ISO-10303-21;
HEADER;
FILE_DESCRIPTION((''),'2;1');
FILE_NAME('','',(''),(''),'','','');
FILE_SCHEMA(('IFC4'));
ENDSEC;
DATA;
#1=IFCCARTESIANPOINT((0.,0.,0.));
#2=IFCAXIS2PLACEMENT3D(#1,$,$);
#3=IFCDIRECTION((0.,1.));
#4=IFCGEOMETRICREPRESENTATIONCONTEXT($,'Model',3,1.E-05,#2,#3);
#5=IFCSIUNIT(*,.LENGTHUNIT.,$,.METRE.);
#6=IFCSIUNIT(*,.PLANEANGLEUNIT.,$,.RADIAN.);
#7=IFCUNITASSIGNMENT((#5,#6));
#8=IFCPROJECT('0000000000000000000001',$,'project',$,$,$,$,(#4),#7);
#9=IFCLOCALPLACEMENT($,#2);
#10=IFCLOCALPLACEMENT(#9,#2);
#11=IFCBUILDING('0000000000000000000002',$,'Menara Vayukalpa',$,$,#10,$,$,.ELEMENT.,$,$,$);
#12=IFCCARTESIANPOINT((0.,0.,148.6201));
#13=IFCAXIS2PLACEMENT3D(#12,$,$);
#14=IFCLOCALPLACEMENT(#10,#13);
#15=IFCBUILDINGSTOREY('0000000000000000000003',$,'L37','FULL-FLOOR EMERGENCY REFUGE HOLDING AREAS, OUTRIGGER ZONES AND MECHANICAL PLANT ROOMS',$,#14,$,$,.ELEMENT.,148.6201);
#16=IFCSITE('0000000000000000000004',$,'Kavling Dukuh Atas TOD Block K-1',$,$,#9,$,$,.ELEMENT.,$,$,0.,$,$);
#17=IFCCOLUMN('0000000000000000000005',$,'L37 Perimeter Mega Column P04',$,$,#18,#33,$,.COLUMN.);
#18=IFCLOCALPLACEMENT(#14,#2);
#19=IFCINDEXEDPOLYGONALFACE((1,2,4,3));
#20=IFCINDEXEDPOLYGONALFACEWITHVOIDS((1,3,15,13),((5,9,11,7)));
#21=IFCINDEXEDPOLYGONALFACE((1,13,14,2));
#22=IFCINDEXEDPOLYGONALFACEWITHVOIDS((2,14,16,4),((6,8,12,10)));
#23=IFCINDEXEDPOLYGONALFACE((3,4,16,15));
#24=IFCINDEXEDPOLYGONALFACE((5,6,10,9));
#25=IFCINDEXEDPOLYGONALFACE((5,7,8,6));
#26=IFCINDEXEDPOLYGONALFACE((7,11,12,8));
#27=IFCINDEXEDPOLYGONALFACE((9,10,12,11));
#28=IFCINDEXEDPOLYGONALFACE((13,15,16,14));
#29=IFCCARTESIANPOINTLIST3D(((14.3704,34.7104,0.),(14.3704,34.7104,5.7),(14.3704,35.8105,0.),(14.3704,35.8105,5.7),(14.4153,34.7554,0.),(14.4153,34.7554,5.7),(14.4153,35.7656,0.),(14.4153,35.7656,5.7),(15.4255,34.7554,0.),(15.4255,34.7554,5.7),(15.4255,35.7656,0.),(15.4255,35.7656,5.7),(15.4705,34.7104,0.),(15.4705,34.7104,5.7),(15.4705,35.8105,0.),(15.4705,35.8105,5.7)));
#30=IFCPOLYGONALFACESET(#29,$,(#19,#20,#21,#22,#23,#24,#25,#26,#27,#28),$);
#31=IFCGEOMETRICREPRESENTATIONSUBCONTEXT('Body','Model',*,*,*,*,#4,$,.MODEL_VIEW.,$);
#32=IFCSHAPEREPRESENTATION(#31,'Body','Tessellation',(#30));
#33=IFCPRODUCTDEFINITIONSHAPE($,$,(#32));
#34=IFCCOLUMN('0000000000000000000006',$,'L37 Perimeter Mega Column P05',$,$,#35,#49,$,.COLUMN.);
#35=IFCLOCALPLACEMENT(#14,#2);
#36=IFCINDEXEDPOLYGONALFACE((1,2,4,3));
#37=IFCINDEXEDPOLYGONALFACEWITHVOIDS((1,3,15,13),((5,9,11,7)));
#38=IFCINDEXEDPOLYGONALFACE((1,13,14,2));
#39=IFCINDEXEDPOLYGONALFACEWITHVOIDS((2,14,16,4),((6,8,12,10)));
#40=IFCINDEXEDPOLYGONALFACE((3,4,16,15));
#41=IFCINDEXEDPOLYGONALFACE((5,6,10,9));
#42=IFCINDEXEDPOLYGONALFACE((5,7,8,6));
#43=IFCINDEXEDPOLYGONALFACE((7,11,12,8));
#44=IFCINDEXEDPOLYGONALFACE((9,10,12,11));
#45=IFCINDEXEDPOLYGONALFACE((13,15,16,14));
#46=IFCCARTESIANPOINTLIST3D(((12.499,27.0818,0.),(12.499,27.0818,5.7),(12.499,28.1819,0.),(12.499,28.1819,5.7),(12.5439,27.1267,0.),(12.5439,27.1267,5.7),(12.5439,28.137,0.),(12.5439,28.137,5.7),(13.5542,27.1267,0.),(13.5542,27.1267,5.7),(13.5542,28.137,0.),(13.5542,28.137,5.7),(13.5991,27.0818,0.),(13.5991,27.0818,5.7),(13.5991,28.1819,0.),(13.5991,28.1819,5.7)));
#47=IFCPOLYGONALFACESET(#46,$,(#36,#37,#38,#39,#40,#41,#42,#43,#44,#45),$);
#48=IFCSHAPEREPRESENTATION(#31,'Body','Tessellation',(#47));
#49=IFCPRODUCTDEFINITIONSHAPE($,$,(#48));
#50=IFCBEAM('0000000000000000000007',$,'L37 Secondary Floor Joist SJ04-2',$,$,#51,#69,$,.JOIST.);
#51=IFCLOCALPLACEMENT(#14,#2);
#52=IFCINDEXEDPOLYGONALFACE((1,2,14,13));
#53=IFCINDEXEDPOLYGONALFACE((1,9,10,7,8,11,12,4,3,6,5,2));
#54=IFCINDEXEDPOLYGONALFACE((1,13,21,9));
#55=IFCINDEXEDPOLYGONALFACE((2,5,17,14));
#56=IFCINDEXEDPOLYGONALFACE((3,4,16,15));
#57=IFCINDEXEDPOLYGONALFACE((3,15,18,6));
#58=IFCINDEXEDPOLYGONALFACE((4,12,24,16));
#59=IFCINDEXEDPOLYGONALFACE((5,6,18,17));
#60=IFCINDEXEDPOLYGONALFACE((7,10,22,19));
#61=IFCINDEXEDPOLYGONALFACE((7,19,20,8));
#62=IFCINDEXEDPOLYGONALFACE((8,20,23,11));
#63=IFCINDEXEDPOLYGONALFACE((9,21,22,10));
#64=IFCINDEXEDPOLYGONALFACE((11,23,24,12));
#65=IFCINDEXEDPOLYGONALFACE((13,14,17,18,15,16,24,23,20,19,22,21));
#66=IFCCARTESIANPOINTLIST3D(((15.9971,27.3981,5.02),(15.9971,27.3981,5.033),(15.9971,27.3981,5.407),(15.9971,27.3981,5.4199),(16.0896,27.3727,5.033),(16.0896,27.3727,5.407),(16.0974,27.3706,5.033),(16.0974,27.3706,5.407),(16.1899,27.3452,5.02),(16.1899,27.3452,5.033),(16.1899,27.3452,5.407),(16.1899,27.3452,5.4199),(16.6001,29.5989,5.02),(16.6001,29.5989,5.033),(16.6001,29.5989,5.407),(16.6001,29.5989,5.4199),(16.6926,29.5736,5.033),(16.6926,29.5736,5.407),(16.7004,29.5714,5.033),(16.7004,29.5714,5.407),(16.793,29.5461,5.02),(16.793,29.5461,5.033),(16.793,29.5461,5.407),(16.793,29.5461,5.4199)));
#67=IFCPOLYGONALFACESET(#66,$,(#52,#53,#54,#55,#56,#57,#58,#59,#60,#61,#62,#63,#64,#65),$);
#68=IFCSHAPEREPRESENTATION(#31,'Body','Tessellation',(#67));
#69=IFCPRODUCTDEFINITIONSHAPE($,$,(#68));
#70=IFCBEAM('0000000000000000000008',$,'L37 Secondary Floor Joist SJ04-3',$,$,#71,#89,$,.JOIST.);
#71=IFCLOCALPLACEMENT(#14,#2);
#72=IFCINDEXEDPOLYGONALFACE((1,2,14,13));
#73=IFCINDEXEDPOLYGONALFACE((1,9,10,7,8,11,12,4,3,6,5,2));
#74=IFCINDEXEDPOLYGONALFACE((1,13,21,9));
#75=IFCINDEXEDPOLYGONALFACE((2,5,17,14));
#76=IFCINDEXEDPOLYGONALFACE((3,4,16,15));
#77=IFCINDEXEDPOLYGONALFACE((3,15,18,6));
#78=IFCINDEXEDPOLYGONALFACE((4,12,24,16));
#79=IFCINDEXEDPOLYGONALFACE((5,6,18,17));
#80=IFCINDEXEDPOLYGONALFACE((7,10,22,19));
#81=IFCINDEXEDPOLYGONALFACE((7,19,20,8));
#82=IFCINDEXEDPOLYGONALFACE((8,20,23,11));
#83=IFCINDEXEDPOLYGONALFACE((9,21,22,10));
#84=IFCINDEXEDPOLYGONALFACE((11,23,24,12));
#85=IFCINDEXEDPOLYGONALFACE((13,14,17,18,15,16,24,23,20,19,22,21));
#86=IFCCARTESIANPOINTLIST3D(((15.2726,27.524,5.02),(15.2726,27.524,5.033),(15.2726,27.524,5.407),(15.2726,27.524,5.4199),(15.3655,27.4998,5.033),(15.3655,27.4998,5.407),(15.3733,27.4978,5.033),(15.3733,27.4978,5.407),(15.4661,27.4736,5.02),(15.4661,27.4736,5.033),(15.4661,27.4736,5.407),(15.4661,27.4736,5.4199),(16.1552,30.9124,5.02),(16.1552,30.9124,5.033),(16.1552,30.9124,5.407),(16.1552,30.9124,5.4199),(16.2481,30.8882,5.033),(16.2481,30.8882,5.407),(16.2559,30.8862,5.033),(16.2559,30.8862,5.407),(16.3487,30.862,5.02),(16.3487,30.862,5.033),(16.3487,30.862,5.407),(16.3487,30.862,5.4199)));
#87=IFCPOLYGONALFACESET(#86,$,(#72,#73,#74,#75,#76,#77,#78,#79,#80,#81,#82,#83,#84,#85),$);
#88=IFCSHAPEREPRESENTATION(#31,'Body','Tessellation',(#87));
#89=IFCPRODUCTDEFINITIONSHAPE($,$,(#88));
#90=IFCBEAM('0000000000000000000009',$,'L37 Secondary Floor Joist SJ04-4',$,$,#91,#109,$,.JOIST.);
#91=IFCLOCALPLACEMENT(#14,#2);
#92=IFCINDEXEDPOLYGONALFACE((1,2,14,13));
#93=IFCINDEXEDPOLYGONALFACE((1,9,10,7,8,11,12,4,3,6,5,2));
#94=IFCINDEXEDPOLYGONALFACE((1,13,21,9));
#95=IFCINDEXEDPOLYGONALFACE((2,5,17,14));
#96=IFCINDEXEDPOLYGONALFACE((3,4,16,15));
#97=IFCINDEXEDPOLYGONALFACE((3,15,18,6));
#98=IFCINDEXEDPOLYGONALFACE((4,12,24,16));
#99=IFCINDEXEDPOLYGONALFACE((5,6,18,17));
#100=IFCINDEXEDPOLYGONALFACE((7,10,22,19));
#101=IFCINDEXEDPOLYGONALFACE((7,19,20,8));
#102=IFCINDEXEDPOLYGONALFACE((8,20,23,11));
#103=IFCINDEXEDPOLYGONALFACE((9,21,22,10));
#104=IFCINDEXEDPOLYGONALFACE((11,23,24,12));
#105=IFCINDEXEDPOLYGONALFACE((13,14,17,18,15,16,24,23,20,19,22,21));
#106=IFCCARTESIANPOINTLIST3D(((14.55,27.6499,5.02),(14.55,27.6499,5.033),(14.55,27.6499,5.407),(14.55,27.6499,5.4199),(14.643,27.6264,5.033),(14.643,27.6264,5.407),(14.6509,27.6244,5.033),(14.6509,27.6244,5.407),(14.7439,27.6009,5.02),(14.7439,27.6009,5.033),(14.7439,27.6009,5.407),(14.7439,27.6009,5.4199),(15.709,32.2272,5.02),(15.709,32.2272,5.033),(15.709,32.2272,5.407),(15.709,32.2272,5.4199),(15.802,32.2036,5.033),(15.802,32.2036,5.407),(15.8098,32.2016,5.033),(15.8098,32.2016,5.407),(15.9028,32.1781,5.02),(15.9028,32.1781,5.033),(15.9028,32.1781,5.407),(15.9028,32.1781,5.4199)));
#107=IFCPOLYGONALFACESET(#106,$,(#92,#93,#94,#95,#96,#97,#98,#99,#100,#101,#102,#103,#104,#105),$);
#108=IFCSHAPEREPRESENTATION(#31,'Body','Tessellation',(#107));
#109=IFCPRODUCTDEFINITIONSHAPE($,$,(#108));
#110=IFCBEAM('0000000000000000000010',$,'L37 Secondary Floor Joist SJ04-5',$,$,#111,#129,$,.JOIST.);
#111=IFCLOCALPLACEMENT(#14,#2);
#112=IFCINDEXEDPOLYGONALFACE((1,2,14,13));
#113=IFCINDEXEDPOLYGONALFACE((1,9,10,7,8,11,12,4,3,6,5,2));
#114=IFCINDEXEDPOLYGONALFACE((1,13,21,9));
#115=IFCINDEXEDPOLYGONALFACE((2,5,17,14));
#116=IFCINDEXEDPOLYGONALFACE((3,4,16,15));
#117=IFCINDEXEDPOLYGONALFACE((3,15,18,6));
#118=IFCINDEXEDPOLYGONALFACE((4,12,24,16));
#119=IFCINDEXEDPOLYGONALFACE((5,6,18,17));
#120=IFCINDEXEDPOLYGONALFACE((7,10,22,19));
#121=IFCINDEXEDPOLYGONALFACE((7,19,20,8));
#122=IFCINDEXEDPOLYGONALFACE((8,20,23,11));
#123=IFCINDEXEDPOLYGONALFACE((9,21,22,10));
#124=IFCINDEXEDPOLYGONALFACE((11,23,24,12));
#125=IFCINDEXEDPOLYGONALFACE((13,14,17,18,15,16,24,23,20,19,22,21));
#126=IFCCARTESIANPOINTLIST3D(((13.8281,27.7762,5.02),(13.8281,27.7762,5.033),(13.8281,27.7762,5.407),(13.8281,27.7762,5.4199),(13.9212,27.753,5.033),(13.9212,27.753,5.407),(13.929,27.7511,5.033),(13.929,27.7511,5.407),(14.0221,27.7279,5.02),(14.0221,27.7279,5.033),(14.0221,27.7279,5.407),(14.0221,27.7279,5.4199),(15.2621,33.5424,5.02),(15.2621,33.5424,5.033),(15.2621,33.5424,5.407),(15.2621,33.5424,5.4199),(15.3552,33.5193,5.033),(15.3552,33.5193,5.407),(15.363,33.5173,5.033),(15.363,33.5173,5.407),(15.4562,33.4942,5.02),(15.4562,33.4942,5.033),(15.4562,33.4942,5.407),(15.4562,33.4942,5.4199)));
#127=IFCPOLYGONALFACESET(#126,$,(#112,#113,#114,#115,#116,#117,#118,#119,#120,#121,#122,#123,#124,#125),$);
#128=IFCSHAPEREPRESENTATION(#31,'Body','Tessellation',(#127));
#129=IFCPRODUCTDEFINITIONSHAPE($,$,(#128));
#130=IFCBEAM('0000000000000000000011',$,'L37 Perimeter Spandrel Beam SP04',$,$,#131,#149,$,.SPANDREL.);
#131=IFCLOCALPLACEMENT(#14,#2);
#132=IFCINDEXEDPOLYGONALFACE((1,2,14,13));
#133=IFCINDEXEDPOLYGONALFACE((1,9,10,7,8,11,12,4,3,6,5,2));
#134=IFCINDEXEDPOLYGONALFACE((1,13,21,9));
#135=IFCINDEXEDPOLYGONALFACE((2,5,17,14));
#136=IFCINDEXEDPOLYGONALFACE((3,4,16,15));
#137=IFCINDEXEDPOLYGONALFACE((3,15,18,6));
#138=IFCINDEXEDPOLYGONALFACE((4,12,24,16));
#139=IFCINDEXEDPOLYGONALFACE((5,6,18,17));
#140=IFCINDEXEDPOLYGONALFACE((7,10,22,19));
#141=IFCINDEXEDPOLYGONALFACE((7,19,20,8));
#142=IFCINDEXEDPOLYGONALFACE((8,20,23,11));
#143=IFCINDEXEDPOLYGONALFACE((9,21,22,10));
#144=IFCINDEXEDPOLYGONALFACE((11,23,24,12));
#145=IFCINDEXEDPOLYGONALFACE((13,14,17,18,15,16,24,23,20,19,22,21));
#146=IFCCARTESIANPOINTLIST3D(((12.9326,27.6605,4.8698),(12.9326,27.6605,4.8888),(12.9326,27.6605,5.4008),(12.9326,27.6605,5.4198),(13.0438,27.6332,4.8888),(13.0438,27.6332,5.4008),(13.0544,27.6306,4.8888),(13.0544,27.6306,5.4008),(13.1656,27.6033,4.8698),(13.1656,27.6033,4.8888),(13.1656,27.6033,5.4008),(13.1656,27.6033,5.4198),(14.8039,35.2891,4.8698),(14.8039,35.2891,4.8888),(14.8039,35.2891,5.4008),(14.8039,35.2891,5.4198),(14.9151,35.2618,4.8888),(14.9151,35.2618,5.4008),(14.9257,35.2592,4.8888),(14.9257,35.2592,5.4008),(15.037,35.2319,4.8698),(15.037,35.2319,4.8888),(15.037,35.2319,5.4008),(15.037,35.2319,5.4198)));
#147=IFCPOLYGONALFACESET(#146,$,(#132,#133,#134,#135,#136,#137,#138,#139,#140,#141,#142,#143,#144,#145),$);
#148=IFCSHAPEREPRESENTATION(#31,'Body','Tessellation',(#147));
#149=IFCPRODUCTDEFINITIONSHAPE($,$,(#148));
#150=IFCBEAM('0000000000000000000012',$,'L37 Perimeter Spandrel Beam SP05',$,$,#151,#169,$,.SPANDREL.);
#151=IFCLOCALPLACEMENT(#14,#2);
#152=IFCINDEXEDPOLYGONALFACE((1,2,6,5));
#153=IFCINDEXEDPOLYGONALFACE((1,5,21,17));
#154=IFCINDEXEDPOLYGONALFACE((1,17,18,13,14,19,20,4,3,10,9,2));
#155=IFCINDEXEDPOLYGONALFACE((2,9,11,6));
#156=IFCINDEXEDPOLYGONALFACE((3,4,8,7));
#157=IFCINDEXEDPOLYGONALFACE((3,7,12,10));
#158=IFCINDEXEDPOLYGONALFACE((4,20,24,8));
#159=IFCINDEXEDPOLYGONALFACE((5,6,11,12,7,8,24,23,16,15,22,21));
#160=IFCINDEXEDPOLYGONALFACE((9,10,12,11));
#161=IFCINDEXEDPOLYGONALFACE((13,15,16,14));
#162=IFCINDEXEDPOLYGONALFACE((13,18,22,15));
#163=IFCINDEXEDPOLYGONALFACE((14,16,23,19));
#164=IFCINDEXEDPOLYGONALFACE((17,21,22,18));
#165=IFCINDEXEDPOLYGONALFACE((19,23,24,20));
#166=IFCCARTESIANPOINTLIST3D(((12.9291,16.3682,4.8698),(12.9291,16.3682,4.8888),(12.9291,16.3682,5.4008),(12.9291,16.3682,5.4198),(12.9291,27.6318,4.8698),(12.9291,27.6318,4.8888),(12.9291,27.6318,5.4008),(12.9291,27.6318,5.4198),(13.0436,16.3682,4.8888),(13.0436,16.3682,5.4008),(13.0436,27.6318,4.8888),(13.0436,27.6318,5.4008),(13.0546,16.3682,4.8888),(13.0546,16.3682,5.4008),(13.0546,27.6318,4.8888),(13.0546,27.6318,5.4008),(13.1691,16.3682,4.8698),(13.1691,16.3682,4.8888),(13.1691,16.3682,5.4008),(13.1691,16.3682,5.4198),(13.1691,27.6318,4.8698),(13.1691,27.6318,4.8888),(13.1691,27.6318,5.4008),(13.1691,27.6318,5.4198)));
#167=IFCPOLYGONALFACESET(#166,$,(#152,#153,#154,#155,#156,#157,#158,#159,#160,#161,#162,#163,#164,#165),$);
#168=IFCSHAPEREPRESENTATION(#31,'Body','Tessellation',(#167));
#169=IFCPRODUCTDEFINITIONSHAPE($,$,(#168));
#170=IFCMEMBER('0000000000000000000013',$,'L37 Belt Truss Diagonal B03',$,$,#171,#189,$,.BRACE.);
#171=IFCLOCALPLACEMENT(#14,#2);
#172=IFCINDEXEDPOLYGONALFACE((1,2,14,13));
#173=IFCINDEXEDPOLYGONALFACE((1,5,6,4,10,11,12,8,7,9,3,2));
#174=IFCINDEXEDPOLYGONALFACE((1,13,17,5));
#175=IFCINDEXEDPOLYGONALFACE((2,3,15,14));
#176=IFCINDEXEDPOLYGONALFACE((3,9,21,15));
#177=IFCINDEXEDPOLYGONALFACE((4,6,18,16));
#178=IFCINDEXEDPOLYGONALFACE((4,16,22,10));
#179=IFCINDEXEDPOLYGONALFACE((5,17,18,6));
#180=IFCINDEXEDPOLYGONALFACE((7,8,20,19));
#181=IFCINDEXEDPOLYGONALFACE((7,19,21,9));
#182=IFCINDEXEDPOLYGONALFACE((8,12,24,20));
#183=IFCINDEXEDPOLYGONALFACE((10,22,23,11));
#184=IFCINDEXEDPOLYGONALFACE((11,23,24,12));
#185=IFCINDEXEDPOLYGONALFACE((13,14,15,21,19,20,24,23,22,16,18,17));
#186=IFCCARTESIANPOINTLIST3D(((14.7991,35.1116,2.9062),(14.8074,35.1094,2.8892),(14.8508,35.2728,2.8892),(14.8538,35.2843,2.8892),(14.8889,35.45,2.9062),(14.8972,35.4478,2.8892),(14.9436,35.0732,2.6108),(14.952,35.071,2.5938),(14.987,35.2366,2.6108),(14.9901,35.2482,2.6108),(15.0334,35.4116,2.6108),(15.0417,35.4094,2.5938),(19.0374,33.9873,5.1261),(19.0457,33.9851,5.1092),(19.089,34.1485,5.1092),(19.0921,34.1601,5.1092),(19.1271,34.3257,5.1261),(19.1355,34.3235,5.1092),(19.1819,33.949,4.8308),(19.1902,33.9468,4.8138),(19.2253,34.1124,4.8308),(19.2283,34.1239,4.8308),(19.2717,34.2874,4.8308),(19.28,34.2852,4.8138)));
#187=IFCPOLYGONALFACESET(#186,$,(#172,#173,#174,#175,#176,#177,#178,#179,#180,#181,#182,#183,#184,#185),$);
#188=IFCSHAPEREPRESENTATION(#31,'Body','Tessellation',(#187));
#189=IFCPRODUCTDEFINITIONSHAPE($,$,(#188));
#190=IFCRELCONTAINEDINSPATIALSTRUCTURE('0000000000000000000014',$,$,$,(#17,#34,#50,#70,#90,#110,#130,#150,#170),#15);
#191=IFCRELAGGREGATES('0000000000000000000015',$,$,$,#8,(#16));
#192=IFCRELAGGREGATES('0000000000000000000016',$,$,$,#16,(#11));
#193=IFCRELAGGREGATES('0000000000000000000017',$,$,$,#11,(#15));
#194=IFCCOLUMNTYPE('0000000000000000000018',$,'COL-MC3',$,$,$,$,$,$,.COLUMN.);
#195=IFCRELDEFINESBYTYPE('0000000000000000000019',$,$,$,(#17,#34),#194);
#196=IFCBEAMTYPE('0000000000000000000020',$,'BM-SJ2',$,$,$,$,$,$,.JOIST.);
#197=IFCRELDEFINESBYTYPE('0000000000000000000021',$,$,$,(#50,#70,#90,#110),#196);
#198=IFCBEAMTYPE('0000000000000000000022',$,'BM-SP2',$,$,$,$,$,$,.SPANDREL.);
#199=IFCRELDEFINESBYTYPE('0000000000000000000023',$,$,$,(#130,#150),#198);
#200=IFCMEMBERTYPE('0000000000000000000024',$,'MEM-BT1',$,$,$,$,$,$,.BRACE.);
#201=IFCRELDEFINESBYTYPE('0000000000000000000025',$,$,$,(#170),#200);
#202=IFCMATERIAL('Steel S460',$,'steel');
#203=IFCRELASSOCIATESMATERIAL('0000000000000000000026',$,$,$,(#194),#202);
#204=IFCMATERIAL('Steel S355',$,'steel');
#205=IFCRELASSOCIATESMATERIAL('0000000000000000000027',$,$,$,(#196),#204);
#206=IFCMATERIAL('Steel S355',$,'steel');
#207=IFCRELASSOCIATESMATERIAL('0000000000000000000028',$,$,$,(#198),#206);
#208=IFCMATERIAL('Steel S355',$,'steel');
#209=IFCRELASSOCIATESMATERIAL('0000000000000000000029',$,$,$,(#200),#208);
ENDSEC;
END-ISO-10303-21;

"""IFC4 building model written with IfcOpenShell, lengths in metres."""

from ifc_helpers import new_model, si_unit, direction, frame, origin, origin_2d, place, context, subcontext, project, spatial, hollow_rectangle, i_section, extrude, material, material_profile, profile_set, type_object, element, save


model = new_model("IFC4")

# Units and contexts
model_context = context("Model", 3, precision=1e-05, world=origin(), true_north=direction((0.0, 1.0)))
body_context = subcontext(model_context, "Body", "Model", "MODEL_VIEW")
ifc_project = project(units=[si_unit("LENGTHUNIT", "METRE"), si_unit("PLANEANGLEUNIT", "RADIAN")], contexts=[model_context])

# Site, building, storey
site_placement = place(None, origin())
site = spatial("IfcSite", under=ifc_project, at=site_placement, Name="Kavling Dukuh Atas TOD Block K-1", CompositionType="ELEMENT", RefElevation=0.0)
building_placement = place(site_placement, origin())
building = spatial("IfcBuilding", under=site, at=building_placement, Name="Menara Vayukalpa", CompositionType="ELEMENT")
storey_placement = place(building_placement, frame((0.0, 0.0, 148.6201)))
storey = spatial("IfcBuildingStorey", under=building, at=storey_placement, Name="L37", Description="FULL-FLOOR EMERGENCY REFUGE HOLDING AREAS, OUTRIGGER ZONES AND MECHANICAL PLANT ROOMS", CompositionType="ELEMENT", Elevation=148.6201)

# Columns
ifc_material_1 = material(Name="Steel S460", Category="steel")
ifc_material_profile_1 = material_profile(ifc_material_1, hollow_rectangle(XDim=1.1001, YDim=1.1001, WallThickness=0.0449, at=origin_2d()), Name="BOX 1100x1100x45")
ifc_profile_set_1 = profile_set([ifc_material_profile_1], Name="Steel S460")
column_type = type_object("IfcColumnType", Name="COL-MC3", PredefinedType="COLUMN", material=ifc_profile_set_1)
for number, where, z_axis, x_axis, name in (
    (1, (14.9204, 35.2605, 0.0), (0.0, 0.0, 1.0), (1.0, 0.0, 0.0), "L37 Perimeter Mega Column P04"),
    (2, (13.0491, 27.6318, 0.0), (0.0, 0.0, 1.0), (1.0, 0.0, 0.0), "L37 Perimeter Mega Column P05"),
):
    element("IfcColumn", number, at=place(storey_placement, frame(where, z_axis=z_axis, x_axis=x_axis)), inside=storey, type_object=column_type, Name=name, PredefinedType="COLUMN", context=body_context, shape_type="SweptSolid", body=[
        extrude(hollow_rectangle(XDim=1.1001, YDim=1.1001, WallThickness=0.0449, at=origin_2d()), origin(), (0.0, 0.0, 1.0), 5.7),
    ])

# Beams
ifc_material_2 = material(Name="Steel S355", Category="steel")
ifc_material_profile_2 = material_profile(ifc_material_2, i_section(OverallWidth=0.2, OverallDepth=0.3999, WebThickness=0.0081, FlangeThickness=0.0129, at=origin_2d()), Name="WF 400x200x8x13")
ifc_profile_set_2 = profile_set([ifc_material_profile_2], Name="Steel S355")
beam_type_1 = type_object("IfcBeamType", Name="BM-SJ2", PredefinedType="JOIST", material=ifc_profile_set_2)
beam_1_placement = place(storey_placement, frame((16.6965, 29.5725, 5.22), z_axis=(-0.264249, -0.964455, 0.0), x_axis=(0.964455, -0.264249, 0.0)))
element("IfcBeam", 3, at=beam_1_placement, inside=storey, type_object=beam_type_1, Name="L37 Secondary Floor Joist SJ04-2", PredefinedType="JOIST", context=body_context, shape_type="SweptSolid", body=[
    extrude(i_section(OverallWidth=0.2, OverallDepth=0.3999, WebThickness=0.0081, FlangeThickness=0.0129, at=origin_2d()), origin(), (0.0, 0.0, 1.0), 2.282),
])
beam_2_placement = place(storey_placement, frame((16.252, 30.8872, 5.22), z_axis=(-0.252056, -0.967713, 0.0), x_axis=(0.967713, -0.252056, 0.0)))
element("IfcBeam", 4, at=beam_2_placement, inside=storey, type_object=beam_type_1, Name="L37 Secondary Floor Joist SJ04-3", PredefinedType="JOIST", context=body_context, shape_type="SweptSolid", body=[
    extrude(i_section(OverallWidth=0.2, OverallDepth=0.3999, WebThickness=0.0081, FlangeThickness=0.0129, at=origin_2d()), origin(), (0.0, 0.0, 1.0), 3.5015),
])
beam_3_placement = place(storey_placement, frame((15.8059, 32.2026, 5.22), z_axis=(-0.245454, -0.969408, 0.0), x_axis=(0.969408, -0.245454, 0.0)))
element("IfcBeam", 5, at=beam_3_placement, inside=storey, type_object=beam_type_1, Name="L37 Secondary Floor Joist SJ04-4", PredefinedType="JOIST", context=body_context, shape_type="SweptSolid", body=[
    extrude(i_section(OverallWidth=0.2, OverallDepth=0.3999, WebThickness=0.0081, FlangeThickness=0.0129, at=origin_2d()), origin(), (0.0, 0.0, 1.0), 4.7217),
])
beam_4_placement = place(storey_placement, frame((15.3591, 33.5183, 5.22), z_axis=(-0.241346, -0.970439, 0.0), x_axis=(0.970439, -0.241346, 0.0)))
element("IfcBeam", 6, at=beam_4_placement, inside=storey, type_object=beam_type_1, Name="L37 Secondary Floor Joist SJ04-5", PredefinedType="JOIST", context=body_context, shape_type="SweptSolid", body=[
    extrude(i_section(OverallWidth=0.2, OverallDepth=0.3999, WebThickness=0.0081, FlangeThickness=0.0129, at=origin_2d()), origin(), (0.0, 0.0, 1.0), 5.9419),
])
ifc_material_3 = material(Name="Steel S355", Category="steel")
ifc_material_profile_3 = material_profile(ifc_material_3, i_section(OverallWidth=0.24, OverallDepth=0.55, WebThickness=0.011, FlangeThickness=0.019, at=origin_2d()), Name="WF 550x240x11x19")
ifc_profile_set_3 = profile_set([ifc_material_profile_3], Name="Steel S355")
beam_type_2 = type_object("IfcBeamType", Name="BM-SP2", PredefinedType="SPANDREL", material=ifc_profile_set_3)
beam_5_placement = place(storey_placement, frame((14.9204, 35.2605, 5.1448), z_axis=(-0.23824, -0.971206, 0.0), x_axis=(0.971206, -0.23824, 0.0)))
element("IfcBeam", 7, at=beam_5_placement, inside=storey, type_object=beam_type_2, Name="L37 Perimeter Spandrel Beam SP04", PredefinedType="SPANDREL", context=body_context, shape_type="SweptSolid", body=[
    extrude(i_section(OverallWidth=0.24, OverallDepth=0.55, WebThickness=0.011, FlangeThickness=0.019, at=origin_2d()), origin(), (0.0, 0.0, 1.0), 7.8547),
])
beam_6_placement = place(storey_placement, frame((13.0491, 27.6318, 5.1448), z_axis=(0.0, -1.0, 0.0), x_axis=(1.0, 0.0, 0.0)))
element("IfcBeam", 8, at=beam_6_placement, inside=storey, type_object=beam_type_2, Name="L37 Perimeter Spandrel Beam SP05", PredefinedType="SPANDREL", context=body_context, shape_type="SweptSolid", body=[
    extrude(i_section(OverallWidth=0.24, OverallDepth=0.55, WebThickness=0.011, FlangeThickness=0.019, at=origin_2d()), origin(), (0.0, 0.0, 1.0), 11.2637),
])

# Member
ifc_material_4 = material(Name="Steel S355", Category="steel")
ifc_material_profile_4 = material_profile(ifc_material_4, i_section(OverallWidth=0.3501, OverallDepth=0.3501, WebThickness=0.012, FlangeThickness=0.019, at=origin_2d()), Name="H 350x350x12x19")
ifc_profile_set_4 = profile_set([ifc_material_profile_4], Name="Steel S355")
member_type_1 = type_object("IfcMemberType", Name="MEM-BT1", PredefinedType="BRACE", material=ifc_profile_set_4)
member_1_placement = place(storey_placement, frame((14.9204, 35.2605, 2.75), z_axis=(0.86235, -0.228751, 0.451691), x_axis=(0.256398, 0.966571, 0.0)))
element("IfcMember", 9, at=member_1_placement, inside=storey, type_object=member_type_1, Name="L37 Belt Truss Diagonal B03", PredefinedType="BRACE", context=body_context, shape_type="SweptSolid", body=[
    extrude(i_section(OverallWidth=0.3501, OverallDepth=0.3501, WebThickness=0.012, FlangeThickness=0.019, at=origin_2d()), origin(), (0.0, 0.0, 1.0), 4.9148),
])

save(model, "model.ifc")
